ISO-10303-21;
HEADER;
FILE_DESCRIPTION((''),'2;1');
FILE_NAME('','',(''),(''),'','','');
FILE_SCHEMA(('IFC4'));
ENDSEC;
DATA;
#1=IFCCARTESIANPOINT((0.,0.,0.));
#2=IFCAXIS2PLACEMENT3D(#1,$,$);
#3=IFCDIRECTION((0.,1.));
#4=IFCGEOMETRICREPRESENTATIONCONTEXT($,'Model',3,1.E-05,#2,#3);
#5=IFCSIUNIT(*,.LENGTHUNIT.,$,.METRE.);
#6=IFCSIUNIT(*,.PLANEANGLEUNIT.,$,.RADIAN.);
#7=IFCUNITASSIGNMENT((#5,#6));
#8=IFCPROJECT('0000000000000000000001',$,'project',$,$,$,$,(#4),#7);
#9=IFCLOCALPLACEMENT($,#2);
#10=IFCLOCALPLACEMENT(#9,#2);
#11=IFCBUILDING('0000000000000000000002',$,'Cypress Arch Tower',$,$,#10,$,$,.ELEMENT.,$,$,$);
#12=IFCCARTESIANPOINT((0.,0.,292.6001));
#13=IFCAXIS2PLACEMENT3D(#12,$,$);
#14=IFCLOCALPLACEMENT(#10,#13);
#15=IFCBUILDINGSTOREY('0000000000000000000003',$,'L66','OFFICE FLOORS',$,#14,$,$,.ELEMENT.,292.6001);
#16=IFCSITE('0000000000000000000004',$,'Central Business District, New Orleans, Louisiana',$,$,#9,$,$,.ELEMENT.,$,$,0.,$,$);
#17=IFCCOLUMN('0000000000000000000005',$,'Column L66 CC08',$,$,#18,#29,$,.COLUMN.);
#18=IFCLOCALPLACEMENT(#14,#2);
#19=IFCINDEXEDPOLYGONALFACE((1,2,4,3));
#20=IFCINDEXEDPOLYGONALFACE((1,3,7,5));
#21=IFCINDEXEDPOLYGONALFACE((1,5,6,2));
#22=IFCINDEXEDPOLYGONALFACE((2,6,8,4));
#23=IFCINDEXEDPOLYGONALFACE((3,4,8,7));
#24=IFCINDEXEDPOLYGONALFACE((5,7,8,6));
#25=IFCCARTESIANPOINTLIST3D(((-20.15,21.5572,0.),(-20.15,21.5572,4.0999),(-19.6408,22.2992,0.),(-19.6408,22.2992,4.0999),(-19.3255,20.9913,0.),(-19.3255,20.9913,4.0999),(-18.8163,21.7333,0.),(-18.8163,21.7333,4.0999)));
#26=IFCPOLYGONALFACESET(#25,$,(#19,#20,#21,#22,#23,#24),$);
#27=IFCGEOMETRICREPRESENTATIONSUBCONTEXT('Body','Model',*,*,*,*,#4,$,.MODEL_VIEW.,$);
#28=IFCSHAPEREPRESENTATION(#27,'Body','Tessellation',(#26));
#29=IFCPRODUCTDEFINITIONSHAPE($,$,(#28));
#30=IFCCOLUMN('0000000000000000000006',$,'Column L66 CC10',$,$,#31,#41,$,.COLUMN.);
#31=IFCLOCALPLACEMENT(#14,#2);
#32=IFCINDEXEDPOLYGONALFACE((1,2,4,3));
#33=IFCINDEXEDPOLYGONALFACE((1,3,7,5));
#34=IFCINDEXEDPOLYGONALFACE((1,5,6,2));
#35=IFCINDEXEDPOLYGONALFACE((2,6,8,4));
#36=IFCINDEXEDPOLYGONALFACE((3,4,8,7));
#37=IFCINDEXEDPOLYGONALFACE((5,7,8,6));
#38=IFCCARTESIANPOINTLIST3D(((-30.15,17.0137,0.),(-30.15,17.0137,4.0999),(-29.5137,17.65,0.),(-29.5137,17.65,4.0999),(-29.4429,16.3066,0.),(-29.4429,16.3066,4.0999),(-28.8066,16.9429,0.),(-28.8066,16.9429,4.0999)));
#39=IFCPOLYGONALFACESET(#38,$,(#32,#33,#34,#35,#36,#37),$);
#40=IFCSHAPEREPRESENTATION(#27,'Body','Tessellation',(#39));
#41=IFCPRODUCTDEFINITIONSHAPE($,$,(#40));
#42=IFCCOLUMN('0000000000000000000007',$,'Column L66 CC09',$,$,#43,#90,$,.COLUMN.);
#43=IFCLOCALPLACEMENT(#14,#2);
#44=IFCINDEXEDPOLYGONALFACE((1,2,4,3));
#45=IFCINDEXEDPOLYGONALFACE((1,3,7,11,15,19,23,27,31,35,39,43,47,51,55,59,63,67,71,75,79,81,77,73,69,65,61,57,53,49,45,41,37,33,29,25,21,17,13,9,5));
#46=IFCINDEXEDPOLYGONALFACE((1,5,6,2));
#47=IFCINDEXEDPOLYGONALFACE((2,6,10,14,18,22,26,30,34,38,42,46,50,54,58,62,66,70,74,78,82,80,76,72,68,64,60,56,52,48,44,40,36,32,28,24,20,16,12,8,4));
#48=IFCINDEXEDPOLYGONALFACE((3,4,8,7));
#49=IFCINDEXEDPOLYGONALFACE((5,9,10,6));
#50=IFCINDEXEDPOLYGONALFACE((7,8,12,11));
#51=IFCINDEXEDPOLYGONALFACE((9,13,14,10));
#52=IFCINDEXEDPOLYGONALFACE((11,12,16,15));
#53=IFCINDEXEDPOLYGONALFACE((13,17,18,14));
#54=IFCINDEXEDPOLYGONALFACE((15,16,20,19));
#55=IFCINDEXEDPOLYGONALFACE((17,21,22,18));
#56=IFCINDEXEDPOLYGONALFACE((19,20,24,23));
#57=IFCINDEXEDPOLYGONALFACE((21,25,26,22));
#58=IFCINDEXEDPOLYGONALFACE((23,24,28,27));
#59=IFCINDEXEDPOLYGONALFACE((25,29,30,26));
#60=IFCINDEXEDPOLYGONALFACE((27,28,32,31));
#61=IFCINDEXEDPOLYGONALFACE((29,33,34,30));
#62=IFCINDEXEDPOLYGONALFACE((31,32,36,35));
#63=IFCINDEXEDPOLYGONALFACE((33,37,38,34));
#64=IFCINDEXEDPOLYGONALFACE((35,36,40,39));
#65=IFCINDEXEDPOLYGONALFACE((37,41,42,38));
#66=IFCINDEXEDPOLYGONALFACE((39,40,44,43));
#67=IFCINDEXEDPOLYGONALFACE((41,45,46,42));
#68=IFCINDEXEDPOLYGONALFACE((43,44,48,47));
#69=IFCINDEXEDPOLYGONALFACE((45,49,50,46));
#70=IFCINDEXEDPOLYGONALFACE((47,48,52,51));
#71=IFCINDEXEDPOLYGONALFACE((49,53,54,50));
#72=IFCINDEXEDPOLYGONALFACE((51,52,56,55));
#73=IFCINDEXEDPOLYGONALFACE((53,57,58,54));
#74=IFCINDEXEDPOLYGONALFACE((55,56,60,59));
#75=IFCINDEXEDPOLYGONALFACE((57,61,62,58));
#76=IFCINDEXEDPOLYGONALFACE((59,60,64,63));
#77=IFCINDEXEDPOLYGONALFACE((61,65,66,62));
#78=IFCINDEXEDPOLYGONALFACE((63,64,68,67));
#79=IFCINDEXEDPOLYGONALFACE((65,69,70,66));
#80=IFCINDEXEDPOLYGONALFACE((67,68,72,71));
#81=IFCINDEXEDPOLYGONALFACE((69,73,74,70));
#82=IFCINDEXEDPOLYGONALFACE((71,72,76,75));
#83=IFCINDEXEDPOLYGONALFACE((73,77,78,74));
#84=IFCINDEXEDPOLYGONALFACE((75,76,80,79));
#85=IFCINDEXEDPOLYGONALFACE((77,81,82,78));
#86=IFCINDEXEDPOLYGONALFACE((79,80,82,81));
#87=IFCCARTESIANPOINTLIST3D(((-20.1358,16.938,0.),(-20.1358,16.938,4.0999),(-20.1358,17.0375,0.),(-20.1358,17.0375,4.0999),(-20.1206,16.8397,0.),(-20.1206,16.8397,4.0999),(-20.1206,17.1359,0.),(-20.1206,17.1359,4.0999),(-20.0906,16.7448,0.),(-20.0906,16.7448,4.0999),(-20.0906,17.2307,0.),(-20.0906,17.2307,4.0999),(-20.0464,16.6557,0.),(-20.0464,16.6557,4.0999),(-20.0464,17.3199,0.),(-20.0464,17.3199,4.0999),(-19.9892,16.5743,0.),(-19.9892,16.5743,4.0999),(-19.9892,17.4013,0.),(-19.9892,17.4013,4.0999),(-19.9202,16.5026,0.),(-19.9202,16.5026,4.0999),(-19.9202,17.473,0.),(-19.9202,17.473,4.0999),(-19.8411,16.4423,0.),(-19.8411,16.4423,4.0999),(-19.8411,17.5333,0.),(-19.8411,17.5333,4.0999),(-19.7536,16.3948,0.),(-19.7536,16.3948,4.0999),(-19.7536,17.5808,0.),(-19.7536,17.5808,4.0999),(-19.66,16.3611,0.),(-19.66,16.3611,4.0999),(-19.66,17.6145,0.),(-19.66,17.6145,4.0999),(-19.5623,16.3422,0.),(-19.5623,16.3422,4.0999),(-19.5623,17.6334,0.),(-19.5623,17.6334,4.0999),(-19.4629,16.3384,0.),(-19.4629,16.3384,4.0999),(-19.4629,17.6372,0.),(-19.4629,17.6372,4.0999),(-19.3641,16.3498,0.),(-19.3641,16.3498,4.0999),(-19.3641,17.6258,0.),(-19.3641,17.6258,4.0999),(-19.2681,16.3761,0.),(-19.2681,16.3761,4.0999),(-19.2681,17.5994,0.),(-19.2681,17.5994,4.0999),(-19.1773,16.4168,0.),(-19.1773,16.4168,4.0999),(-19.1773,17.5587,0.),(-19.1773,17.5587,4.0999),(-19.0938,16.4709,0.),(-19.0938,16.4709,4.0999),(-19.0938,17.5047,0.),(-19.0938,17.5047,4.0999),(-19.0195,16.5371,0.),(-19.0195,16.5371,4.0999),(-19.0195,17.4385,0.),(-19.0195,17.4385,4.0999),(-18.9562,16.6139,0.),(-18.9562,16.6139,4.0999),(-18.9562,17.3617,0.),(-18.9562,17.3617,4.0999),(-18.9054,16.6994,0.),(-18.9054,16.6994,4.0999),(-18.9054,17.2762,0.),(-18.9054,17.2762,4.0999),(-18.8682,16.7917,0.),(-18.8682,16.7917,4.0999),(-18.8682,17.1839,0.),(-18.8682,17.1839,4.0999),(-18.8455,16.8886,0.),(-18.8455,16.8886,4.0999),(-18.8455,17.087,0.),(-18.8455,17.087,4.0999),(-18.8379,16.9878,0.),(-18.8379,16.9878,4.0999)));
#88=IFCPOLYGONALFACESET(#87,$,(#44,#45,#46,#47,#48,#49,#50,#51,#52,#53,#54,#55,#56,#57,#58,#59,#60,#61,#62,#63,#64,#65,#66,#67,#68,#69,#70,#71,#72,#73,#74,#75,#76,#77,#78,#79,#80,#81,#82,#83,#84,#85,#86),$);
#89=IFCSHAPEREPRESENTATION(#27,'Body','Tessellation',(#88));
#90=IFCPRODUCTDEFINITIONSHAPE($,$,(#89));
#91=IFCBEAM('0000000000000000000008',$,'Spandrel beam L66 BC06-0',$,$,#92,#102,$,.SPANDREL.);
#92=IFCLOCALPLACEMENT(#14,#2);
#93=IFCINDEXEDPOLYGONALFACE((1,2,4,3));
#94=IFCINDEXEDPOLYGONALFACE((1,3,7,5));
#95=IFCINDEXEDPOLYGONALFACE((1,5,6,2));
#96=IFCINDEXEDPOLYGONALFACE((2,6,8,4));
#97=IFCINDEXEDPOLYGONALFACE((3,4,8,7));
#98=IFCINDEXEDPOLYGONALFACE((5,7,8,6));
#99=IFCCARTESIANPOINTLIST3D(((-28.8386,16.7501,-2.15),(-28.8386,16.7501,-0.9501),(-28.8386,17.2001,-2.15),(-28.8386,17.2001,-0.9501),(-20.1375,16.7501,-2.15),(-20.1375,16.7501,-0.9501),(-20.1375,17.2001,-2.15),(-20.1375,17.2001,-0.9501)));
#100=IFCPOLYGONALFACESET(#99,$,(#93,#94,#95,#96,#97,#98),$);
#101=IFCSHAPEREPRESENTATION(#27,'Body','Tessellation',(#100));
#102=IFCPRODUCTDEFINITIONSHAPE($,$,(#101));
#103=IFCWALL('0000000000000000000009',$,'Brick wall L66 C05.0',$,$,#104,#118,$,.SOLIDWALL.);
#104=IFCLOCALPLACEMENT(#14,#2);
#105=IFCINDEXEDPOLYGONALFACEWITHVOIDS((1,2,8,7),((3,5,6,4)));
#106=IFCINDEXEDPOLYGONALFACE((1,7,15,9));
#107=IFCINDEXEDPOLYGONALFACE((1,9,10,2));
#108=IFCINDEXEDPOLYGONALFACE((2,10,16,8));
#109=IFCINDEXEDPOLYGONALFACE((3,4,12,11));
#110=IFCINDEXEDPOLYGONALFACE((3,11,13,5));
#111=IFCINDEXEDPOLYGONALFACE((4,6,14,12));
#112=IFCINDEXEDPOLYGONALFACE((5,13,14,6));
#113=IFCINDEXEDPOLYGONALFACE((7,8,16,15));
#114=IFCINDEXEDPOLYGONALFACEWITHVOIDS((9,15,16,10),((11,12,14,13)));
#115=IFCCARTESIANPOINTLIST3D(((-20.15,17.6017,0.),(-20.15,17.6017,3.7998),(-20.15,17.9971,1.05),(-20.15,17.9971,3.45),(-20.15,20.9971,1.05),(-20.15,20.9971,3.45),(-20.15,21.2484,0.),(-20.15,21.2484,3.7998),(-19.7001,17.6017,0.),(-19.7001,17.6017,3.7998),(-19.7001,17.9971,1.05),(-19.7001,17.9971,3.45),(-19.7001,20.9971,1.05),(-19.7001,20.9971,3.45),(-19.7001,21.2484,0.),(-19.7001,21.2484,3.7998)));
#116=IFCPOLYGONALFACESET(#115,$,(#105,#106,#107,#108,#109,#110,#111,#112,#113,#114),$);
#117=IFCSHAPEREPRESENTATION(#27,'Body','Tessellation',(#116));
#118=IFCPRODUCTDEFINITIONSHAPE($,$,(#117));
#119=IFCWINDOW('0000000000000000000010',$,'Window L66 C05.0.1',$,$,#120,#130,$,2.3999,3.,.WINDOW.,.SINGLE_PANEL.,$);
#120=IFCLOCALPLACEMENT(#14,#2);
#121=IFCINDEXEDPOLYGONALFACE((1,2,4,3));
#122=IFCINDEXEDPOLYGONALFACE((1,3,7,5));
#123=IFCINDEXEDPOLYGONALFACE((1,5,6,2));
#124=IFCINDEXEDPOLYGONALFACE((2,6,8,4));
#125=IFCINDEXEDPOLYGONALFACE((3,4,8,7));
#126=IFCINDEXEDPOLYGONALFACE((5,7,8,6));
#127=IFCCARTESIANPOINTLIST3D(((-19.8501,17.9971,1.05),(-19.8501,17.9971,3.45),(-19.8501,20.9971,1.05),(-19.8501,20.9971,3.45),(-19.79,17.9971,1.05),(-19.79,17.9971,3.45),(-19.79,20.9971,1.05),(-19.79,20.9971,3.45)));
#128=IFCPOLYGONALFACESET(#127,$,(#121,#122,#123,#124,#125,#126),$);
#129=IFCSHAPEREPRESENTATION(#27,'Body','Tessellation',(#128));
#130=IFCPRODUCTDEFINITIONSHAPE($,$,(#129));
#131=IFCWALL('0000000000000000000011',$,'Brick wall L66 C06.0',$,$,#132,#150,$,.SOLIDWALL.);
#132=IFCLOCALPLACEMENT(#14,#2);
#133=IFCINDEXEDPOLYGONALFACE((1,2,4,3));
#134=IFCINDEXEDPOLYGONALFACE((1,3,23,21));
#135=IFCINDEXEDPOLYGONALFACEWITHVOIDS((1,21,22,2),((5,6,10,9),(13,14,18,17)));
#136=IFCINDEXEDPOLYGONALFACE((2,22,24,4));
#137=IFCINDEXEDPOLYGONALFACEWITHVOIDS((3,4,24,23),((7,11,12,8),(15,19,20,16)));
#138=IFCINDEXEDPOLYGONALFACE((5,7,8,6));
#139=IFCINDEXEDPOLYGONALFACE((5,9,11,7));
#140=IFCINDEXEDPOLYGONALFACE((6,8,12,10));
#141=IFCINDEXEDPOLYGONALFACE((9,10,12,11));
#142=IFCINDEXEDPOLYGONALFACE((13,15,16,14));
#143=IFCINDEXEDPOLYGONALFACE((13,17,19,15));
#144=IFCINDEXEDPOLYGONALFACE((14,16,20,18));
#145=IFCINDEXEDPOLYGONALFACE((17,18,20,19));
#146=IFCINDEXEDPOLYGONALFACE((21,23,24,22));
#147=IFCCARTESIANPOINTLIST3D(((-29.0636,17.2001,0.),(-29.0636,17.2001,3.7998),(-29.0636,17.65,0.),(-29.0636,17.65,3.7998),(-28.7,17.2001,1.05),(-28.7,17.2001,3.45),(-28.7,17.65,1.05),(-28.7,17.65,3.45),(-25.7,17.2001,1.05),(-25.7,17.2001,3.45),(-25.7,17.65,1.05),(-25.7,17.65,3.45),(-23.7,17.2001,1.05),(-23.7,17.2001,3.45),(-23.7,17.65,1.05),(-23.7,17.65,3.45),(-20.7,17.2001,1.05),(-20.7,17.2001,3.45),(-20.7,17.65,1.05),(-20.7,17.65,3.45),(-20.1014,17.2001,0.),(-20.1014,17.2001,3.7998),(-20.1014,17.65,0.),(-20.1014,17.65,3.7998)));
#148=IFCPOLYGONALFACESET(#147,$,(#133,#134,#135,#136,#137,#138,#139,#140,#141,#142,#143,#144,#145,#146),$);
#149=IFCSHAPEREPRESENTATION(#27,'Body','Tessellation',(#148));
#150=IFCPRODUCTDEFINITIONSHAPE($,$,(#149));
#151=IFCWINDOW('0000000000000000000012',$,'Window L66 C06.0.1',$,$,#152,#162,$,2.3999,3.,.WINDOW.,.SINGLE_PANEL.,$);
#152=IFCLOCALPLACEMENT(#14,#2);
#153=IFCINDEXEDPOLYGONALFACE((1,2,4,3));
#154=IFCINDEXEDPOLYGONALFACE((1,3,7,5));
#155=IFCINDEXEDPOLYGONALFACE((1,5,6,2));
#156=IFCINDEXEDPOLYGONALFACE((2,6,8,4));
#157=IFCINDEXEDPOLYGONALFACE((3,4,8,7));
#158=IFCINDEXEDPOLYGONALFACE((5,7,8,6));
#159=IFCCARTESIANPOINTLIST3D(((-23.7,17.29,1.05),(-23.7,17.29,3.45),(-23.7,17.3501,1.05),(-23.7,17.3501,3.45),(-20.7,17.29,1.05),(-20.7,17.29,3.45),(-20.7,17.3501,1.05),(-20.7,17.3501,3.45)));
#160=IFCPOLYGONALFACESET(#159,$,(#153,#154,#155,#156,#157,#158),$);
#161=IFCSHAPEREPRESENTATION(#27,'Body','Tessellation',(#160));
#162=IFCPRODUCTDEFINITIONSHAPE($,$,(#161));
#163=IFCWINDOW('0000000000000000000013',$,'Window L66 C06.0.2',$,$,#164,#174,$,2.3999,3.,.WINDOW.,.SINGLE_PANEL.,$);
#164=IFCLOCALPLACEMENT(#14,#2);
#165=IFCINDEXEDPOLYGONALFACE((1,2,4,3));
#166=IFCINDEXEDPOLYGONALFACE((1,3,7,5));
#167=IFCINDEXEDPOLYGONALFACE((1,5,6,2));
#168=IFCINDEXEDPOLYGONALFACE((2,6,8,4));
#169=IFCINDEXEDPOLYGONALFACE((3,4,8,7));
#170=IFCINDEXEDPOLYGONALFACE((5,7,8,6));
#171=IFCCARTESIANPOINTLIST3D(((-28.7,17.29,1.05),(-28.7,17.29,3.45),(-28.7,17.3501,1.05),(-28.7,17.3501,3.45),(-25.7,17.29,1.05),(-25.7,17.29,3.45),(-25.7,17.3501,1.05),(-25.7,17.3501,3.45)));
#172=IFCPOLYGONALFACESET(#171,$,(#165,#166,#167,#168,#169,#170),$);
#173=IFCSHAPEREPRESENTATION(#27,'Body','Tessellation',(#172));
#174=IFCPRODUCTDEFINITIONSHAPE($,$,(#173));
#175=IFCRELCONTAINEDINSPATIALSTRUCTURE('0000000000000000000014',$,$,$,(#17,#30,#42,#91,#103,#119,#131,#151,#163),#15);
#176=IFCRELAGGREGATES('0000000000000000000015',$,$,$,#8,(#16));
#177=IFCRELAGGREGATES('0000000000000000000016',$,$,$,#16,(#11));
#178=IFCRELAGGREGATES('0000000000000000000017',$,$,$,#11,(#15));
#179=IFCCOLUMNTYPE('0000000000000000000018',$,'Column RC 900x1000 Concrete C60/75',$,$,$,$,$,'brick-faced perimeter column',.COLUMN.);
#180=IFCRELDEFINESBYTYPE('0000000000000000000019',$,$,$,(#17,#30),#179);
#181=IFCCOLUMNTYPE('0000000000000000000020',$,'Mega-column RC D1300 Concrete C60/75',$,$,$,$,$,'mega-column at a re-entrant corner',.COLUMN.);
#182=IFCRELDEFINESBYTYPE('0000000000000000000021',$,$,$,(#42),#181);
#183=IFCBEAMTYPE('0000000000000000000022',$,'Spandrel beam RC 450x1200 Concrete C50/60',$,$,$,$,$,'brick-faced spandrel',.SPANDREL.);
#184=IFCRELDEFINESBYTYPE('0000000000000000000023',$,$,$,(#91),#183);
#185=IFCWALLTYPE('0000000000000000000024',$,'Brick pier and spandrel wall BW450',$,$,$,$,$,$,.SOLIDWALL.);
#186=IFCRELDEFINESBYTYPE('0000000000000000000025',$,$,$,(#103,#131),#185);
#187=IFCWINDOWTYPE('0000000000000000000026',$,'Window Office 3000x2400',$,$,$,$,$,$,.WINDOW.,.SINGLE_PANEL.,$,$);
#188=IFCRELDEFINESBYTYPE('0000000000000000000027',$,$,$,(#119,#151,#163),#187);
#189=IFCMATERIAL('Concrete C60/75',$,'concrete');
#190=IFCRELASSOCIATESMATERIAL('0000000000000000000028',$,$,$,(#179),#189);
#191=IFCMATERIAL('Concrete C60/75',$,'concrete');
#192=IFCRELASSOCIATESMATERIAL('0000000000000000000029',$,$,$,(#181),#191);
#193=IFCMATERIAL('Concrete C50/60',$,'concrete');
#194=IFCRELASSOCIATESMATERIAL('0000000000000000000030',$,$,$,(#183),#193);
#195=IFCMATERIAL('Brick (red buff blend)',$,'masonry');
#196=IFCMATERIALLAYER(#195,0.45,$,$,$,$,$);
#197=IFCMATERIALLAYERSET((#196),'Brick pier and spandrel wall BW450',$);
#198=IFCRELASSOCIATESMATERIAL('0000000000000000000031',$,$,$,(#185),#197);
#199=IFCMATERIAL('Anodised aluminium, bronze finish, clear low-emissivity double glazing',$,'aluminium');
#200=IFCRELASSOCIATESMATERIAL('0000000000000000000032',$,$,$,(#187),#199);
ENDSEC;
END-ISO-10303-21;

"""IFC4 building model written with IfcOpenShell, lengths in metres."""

from ifc_helpers import new_model, si_unit, direction, frame, frame_2d, origin, origin_2d, place, context, subcontext, project, spatial, rectangle, circle, extrude, material, layer, layer_set, material_profile, profile_set, type_object, element, fill, save


model = new_model("IFC4")

# Units and contexts
model_context = context("Model", 3, precision=1e-05, world=origin(), true_north=direction((0.0, 1.0)))
body_context = subcontext(model_context, "Body", "Model", "MODEL_VIEW")
ifc_project = project(units=[si_unit("LENGTHUNIT", "METRE"), si_unit("PLANEANGLEUNIT", "RADIAN")], contexts=[model_context])

# Site, building, storey
site_placement = place(None, origin())
site = spatial("IfcSite", under=ifc_project, at=site_placement, Name="Central Business District, New Orleans, Louisiana", CompositionType="ELEMENT", RefElevation=0.0)
building_placement = place(site_placement, origin())
building = spatial("IfcBuilding", under=site, at=building_placement, Name="Cypress Arch Tower", CompositionType="ELEMENT")
storey_placement = place(building_placement, frame((0.0, 0.0, 292.6001)))
storey = spatial("IfcBuildingStorey", under=building, at=storey_placement, Name="L66", Description="OFFICE FLOORS", CompositionType="ELEMENT", Elevation=292.6001)

# Columns
ifc_material_1 = material(Name="Concrete C60/75", Category="concrete")
ifc_material_profile_1 = material_profile(ifc_material_1, rectangle(XDim=0.8999, YDim=1.0, at=origin_2d()), Name="RC 900x1000")
ifc_profile_set_1 = profile_set([ifc_material_profile_1], Name="Concrete C60/75")
column_type_1 = type_object("IfcColumnType", Name="Column RC 900x1000 Concrete C60/75", ElementType="brick-faced perimeter column", PredefinedType="COLUMN", material=ifc_profile_set_1)
for number, where, z_axis, x_axis, name in (
    (1, (-19.4832, 21.6453, 0.0), (0.0, 0.0, 1.0), (-0.565893, -0.824479, 0.0), "Column L66 CC08"),
    (2, (-29.4783, 16.9783, 0.0), (0.0, 0.0, 1.0), (-0.707107, -0.707107, 0.0), "Column L66 CC10"),
):
    element("IfcColumn", number, at=place(storey_placement, frame(where, z_axis=z_axis, x_axis=x_axis)), inside=storey, type_object=column_type_1, Name=name, PredefinedType="COLUMN", context=body_context, shape_type="SweptSolid", body=[
        extrude(rectangle(XDim=0.8999, YDim=1.0, at=origin_2d()), origin(), (0.0, 0.0, 1.0), 4.0999),
    ])
ifc_material_2 = material(Name="Concrete C60/75", Category="concrete")
ifc_material_profile_2 = material_profile(ifc_material_2, circle(Radius=0.6499, at=origin_2d()), Name="RC D1300")
ifc_profile_set_2 = profile_set([ifc_material_profile_2], Name="Concrete C60/75")
column_type_2 = type_object("IfcColumnType", Name="Mega-column RC D1300 Concrete C60/75", ElementType="mega-column at a re-entrant corner", PredefinedType="COLUMN", material=ifc_profile_set_2)
column_placement = place(storey_placement, frame((-19.4878, 16.9878, 0.0), z_axis=(0.0, 0.0, 1.0), x_axis=(1.0, 0.0, 0.0)))
element("IfcColumn", 3, at=column_placement, inside=storey, type_object=column_type_2, Name="Column L66 CC09", PredefinedType="COLUMN", context=body_context, shape_type="SweptSolid", body=[
    extrude(circle(Radius=0.6499, at=origin_2d()), origin(), (0.0, 0.0, 1.0), 4.0999),
])

# Beam
ifc_material_3 = material(Name="Concrete C50/60", Category="concrete")
ifc_material_profile_3 = material_profile(ifc_material_3, rectangle(XDim=0.45, YDim=1.2, at=origin_2d()), Name="RC 450x1200")
ifc_profile_set_3 = profile_set([ifc_material_profile_3], Name="Concrete C50/60")
beam_type = type_object("IfcBeamType", Name="Spandrel beam RC 450x1200 Concrete C50/60", ElementType="brick-faced spandrel", PredefinedType="SPANDREL", material=ifc_profile_set_3)
beam_placement = place(storey_placement, frame((-20.1375, 16.9751, -1.55), z_axis=(-1.0, 0.0, 0.0), x_axis=(0.0, -1.0, 0.0)))
element("IfcBeam", 4, at=beam_placement, inside=storey, type_object=beam_type, Name="Spandrel beam L66 BC06-0", PredefinedType="SPANDREL", context=body_context, shape_type="SweptSolid", body=[
    extrude(rectangle(XDim=0.45, YDim=1.2, at=origin_2d()), origin(), (0.0, 0.0, 1.0), 8.7012),
])

# Wall, opening, window
ifc_material_4 = material(Name="Brick (red buff blend)", Category="masonry")
ifc_layer_1 = layer(ifc_material_4, 0.45)
ifc_layer_set_1 = layer_set([ifc_layer_1], Name="Brick pier and spandrel wall BW450")
wall_type_1 = type_object("IfcWallType", Name="Brick pier and spandrel wall BW450", PredefinedType="SOLIDWALL", material=ifc_layer_set_1)
wall_1_placement = place(storey_placement, frame((-19.925, 21.2483, 0.0), z_axis=(0.0, 0.0, 1.0), x_axis=(0.0, -1.0, 0.0)))
wall_1 = element("IfcWall", 5, at=wall_1_placement, inside=storey, type_object=wall_type_1, Name="Brick wall L66 C05.0", PredefinedType="SOLIDWALL", context=body_context, shape_type="SweptSolid", body=[
    extrude(rectangle(XDim=3.6467, YDim=0.45, at=frame_2d((1.8232, 0.0))), origin(), (0.0, 0.0, 1.0), 3.7998),
])
opening_1_placement = place(wall_1_placement, frame((0.2512, 0.0, 1.05)))
opening_1 = element("IfcOpeningElement", 6, at=opening_1_placement, cuts=wall_1, PredefinedType="OPENING", context=body_context, shape_type="SweptSolid", body=[
    extrude(rectangle(XDim=3.0, YDim=2.3999, at=frame_2d((1.5, 1.2))), frame((0.0, 0.2349, 0.0), z_axis=(0.0, -1.0, 0.0), x_axis=(1.0, 0.0, 0.0)), (0.0, 0.0, 1.0), 0.47),
])
ifc_material_5 = material(Name="Anodised aluminium, bronze finish, clear low-emissivity double glazing", Category="aluminium")
window_type = type_object("IfcWindowType", Name="Window Office 3000x2400", PartitioningType="SINGLE_PANEL", PredefinedType="WINDOW", material=ifc_material_5)
window_1_placement = place(opening_1_placement, origin())
window_1 = element("IfcWindow", 7, at=window_1_placement, inside=storey, type_object=window_type, Name="Window L66 C05.0.1", OverallHeight=2.3999, OverallWidth=3.0, PartitioningType="SINGLE_PANEL", PredefinedType="WINDOW", context=body_context, shape_type="SweptSolid", body=[
    extrude(rectangle(XDim=3.0, YDim=2.3999, at=frame_2d((1.5, 1.2))), frame((0.0, 0.135, 0.0), z_axis=(0.0, -1.0, 0.0), x_axis=(1.0, 0.0, 0.0)), (0.0, 0.0, 1.0), 0.0601),
])
fill(opening_1, window_1)

# Wall, openings, windows
wall_2_placement = place(storey_placement, frame((-20.1016, 17.425, 0.0), z_axis=(0.0, 0.0, 1.0), x_axis=(-1.0, 0.0, 0.0)))
wall_2 = element("IfcWall", 8, at=wall_2_placement, inside=storey, type_object=wall_type_1, Name="Brick wall L66 C06.0", PredefinedType="SOLIDWALL", context=body_context, shape_type="SweptSolid", body=[
    extrude(rectangle(XDim=8.9622, YDim=0.45, at=frame_2d((4.481, 0.0))), origin(), (0.0, 0.0, 1.0), 3.7998),
])
opening_2_placement = place(wall_2_placement, frame((0.5984, 0.0, 1.05)))
opening_2 = element("IfcOpeningElement", 9, at=opening_2_placement, cuts=wall_2, PredefinedType="OPENING", context=body_context, shape_type="SweptSolid", body=[
    extrude(rectangle(XDim=3.0, YDim=2.3999, at=frame_2d((1.5, 1.2))), frame((0.0, 0.2349, 0.0), z_axis=(0.0, -1.0, 0.0), x_axis=(1.0, 0.0, 0.0)), (0.0, 0.0, 1.0), 0.47),
])
opening_3_placement = place(wall_2_placement, frame((5.5984, 0.0, 1.05)))
opening_3 = element("IfcOpeningElement", 10, at=opening_3_placement, cuts=wall_2, PredefinedType="OPENING", context=body_context, shape_type="SweptSolid", body=[
    extrude(rectangle(XDim=3.0, YDim=2.3999, at=frame_2d((1.5, 1.2))), frame((0.0, 0.2349, 0.0), z_axis=(0.0, -1.0, 0.0), x_axis=(1.0, 0.0, 0.0)), (0.0, 0.0, 1.0), 0.47),
])
window_2_placement = place(opening_2_placement, origin())
window_2 = element("IfcWindow", 11, at=window_2_placement, inside=storey, type_object=window_type, Name="Window L66 C06.0.1", OverallHeight=2.3999, OverallWidth=3.0, PartitioningType="SINGLE_PANEL", PredefinedType="WINDOW", context=body_context, shape_type="SweptSolid", body=[
    extrude(rectangle(XDim=3.0, YDim=2.3999, at=frame_2d((1.5, 1.2))), frame((0.0, 0.135, 0.0), z_axis=(0.0, -1.0, 0.0), x_axis=(1.0, 0.0, 0.0)), (0.0, 0.0, 1.0), 0.0601),
])
fill(opening_2, window_2)
window_3_placement = place(opening_3_placement, origin())
window_3 = element("IfcWindow", 12, at=window_3_placement, inside=storey, type_object=window_type, Name="Window L66 C06.0.2", OverallHeight=2.3999, OverallWidth=3.0, PartitioningType="SINGLE_PANEL", PredefinedType="WINDOW", context=body_context, shape_type="SweptSolid", body=[
    extrude(rectangle(XDim=3.0, YDim=2.3999, at=frame_2d((1.5, 1.2))), frame((0.0, 0.135, 0.0), z_axis=(0.0, -1.0, 0.0), x_axis=(1.0, 0.0, 0.0)), (0.0, 0.0, 1.0), 0.0601),
])
fill(opening_3, window_3)

save(model, "model.ifc")
